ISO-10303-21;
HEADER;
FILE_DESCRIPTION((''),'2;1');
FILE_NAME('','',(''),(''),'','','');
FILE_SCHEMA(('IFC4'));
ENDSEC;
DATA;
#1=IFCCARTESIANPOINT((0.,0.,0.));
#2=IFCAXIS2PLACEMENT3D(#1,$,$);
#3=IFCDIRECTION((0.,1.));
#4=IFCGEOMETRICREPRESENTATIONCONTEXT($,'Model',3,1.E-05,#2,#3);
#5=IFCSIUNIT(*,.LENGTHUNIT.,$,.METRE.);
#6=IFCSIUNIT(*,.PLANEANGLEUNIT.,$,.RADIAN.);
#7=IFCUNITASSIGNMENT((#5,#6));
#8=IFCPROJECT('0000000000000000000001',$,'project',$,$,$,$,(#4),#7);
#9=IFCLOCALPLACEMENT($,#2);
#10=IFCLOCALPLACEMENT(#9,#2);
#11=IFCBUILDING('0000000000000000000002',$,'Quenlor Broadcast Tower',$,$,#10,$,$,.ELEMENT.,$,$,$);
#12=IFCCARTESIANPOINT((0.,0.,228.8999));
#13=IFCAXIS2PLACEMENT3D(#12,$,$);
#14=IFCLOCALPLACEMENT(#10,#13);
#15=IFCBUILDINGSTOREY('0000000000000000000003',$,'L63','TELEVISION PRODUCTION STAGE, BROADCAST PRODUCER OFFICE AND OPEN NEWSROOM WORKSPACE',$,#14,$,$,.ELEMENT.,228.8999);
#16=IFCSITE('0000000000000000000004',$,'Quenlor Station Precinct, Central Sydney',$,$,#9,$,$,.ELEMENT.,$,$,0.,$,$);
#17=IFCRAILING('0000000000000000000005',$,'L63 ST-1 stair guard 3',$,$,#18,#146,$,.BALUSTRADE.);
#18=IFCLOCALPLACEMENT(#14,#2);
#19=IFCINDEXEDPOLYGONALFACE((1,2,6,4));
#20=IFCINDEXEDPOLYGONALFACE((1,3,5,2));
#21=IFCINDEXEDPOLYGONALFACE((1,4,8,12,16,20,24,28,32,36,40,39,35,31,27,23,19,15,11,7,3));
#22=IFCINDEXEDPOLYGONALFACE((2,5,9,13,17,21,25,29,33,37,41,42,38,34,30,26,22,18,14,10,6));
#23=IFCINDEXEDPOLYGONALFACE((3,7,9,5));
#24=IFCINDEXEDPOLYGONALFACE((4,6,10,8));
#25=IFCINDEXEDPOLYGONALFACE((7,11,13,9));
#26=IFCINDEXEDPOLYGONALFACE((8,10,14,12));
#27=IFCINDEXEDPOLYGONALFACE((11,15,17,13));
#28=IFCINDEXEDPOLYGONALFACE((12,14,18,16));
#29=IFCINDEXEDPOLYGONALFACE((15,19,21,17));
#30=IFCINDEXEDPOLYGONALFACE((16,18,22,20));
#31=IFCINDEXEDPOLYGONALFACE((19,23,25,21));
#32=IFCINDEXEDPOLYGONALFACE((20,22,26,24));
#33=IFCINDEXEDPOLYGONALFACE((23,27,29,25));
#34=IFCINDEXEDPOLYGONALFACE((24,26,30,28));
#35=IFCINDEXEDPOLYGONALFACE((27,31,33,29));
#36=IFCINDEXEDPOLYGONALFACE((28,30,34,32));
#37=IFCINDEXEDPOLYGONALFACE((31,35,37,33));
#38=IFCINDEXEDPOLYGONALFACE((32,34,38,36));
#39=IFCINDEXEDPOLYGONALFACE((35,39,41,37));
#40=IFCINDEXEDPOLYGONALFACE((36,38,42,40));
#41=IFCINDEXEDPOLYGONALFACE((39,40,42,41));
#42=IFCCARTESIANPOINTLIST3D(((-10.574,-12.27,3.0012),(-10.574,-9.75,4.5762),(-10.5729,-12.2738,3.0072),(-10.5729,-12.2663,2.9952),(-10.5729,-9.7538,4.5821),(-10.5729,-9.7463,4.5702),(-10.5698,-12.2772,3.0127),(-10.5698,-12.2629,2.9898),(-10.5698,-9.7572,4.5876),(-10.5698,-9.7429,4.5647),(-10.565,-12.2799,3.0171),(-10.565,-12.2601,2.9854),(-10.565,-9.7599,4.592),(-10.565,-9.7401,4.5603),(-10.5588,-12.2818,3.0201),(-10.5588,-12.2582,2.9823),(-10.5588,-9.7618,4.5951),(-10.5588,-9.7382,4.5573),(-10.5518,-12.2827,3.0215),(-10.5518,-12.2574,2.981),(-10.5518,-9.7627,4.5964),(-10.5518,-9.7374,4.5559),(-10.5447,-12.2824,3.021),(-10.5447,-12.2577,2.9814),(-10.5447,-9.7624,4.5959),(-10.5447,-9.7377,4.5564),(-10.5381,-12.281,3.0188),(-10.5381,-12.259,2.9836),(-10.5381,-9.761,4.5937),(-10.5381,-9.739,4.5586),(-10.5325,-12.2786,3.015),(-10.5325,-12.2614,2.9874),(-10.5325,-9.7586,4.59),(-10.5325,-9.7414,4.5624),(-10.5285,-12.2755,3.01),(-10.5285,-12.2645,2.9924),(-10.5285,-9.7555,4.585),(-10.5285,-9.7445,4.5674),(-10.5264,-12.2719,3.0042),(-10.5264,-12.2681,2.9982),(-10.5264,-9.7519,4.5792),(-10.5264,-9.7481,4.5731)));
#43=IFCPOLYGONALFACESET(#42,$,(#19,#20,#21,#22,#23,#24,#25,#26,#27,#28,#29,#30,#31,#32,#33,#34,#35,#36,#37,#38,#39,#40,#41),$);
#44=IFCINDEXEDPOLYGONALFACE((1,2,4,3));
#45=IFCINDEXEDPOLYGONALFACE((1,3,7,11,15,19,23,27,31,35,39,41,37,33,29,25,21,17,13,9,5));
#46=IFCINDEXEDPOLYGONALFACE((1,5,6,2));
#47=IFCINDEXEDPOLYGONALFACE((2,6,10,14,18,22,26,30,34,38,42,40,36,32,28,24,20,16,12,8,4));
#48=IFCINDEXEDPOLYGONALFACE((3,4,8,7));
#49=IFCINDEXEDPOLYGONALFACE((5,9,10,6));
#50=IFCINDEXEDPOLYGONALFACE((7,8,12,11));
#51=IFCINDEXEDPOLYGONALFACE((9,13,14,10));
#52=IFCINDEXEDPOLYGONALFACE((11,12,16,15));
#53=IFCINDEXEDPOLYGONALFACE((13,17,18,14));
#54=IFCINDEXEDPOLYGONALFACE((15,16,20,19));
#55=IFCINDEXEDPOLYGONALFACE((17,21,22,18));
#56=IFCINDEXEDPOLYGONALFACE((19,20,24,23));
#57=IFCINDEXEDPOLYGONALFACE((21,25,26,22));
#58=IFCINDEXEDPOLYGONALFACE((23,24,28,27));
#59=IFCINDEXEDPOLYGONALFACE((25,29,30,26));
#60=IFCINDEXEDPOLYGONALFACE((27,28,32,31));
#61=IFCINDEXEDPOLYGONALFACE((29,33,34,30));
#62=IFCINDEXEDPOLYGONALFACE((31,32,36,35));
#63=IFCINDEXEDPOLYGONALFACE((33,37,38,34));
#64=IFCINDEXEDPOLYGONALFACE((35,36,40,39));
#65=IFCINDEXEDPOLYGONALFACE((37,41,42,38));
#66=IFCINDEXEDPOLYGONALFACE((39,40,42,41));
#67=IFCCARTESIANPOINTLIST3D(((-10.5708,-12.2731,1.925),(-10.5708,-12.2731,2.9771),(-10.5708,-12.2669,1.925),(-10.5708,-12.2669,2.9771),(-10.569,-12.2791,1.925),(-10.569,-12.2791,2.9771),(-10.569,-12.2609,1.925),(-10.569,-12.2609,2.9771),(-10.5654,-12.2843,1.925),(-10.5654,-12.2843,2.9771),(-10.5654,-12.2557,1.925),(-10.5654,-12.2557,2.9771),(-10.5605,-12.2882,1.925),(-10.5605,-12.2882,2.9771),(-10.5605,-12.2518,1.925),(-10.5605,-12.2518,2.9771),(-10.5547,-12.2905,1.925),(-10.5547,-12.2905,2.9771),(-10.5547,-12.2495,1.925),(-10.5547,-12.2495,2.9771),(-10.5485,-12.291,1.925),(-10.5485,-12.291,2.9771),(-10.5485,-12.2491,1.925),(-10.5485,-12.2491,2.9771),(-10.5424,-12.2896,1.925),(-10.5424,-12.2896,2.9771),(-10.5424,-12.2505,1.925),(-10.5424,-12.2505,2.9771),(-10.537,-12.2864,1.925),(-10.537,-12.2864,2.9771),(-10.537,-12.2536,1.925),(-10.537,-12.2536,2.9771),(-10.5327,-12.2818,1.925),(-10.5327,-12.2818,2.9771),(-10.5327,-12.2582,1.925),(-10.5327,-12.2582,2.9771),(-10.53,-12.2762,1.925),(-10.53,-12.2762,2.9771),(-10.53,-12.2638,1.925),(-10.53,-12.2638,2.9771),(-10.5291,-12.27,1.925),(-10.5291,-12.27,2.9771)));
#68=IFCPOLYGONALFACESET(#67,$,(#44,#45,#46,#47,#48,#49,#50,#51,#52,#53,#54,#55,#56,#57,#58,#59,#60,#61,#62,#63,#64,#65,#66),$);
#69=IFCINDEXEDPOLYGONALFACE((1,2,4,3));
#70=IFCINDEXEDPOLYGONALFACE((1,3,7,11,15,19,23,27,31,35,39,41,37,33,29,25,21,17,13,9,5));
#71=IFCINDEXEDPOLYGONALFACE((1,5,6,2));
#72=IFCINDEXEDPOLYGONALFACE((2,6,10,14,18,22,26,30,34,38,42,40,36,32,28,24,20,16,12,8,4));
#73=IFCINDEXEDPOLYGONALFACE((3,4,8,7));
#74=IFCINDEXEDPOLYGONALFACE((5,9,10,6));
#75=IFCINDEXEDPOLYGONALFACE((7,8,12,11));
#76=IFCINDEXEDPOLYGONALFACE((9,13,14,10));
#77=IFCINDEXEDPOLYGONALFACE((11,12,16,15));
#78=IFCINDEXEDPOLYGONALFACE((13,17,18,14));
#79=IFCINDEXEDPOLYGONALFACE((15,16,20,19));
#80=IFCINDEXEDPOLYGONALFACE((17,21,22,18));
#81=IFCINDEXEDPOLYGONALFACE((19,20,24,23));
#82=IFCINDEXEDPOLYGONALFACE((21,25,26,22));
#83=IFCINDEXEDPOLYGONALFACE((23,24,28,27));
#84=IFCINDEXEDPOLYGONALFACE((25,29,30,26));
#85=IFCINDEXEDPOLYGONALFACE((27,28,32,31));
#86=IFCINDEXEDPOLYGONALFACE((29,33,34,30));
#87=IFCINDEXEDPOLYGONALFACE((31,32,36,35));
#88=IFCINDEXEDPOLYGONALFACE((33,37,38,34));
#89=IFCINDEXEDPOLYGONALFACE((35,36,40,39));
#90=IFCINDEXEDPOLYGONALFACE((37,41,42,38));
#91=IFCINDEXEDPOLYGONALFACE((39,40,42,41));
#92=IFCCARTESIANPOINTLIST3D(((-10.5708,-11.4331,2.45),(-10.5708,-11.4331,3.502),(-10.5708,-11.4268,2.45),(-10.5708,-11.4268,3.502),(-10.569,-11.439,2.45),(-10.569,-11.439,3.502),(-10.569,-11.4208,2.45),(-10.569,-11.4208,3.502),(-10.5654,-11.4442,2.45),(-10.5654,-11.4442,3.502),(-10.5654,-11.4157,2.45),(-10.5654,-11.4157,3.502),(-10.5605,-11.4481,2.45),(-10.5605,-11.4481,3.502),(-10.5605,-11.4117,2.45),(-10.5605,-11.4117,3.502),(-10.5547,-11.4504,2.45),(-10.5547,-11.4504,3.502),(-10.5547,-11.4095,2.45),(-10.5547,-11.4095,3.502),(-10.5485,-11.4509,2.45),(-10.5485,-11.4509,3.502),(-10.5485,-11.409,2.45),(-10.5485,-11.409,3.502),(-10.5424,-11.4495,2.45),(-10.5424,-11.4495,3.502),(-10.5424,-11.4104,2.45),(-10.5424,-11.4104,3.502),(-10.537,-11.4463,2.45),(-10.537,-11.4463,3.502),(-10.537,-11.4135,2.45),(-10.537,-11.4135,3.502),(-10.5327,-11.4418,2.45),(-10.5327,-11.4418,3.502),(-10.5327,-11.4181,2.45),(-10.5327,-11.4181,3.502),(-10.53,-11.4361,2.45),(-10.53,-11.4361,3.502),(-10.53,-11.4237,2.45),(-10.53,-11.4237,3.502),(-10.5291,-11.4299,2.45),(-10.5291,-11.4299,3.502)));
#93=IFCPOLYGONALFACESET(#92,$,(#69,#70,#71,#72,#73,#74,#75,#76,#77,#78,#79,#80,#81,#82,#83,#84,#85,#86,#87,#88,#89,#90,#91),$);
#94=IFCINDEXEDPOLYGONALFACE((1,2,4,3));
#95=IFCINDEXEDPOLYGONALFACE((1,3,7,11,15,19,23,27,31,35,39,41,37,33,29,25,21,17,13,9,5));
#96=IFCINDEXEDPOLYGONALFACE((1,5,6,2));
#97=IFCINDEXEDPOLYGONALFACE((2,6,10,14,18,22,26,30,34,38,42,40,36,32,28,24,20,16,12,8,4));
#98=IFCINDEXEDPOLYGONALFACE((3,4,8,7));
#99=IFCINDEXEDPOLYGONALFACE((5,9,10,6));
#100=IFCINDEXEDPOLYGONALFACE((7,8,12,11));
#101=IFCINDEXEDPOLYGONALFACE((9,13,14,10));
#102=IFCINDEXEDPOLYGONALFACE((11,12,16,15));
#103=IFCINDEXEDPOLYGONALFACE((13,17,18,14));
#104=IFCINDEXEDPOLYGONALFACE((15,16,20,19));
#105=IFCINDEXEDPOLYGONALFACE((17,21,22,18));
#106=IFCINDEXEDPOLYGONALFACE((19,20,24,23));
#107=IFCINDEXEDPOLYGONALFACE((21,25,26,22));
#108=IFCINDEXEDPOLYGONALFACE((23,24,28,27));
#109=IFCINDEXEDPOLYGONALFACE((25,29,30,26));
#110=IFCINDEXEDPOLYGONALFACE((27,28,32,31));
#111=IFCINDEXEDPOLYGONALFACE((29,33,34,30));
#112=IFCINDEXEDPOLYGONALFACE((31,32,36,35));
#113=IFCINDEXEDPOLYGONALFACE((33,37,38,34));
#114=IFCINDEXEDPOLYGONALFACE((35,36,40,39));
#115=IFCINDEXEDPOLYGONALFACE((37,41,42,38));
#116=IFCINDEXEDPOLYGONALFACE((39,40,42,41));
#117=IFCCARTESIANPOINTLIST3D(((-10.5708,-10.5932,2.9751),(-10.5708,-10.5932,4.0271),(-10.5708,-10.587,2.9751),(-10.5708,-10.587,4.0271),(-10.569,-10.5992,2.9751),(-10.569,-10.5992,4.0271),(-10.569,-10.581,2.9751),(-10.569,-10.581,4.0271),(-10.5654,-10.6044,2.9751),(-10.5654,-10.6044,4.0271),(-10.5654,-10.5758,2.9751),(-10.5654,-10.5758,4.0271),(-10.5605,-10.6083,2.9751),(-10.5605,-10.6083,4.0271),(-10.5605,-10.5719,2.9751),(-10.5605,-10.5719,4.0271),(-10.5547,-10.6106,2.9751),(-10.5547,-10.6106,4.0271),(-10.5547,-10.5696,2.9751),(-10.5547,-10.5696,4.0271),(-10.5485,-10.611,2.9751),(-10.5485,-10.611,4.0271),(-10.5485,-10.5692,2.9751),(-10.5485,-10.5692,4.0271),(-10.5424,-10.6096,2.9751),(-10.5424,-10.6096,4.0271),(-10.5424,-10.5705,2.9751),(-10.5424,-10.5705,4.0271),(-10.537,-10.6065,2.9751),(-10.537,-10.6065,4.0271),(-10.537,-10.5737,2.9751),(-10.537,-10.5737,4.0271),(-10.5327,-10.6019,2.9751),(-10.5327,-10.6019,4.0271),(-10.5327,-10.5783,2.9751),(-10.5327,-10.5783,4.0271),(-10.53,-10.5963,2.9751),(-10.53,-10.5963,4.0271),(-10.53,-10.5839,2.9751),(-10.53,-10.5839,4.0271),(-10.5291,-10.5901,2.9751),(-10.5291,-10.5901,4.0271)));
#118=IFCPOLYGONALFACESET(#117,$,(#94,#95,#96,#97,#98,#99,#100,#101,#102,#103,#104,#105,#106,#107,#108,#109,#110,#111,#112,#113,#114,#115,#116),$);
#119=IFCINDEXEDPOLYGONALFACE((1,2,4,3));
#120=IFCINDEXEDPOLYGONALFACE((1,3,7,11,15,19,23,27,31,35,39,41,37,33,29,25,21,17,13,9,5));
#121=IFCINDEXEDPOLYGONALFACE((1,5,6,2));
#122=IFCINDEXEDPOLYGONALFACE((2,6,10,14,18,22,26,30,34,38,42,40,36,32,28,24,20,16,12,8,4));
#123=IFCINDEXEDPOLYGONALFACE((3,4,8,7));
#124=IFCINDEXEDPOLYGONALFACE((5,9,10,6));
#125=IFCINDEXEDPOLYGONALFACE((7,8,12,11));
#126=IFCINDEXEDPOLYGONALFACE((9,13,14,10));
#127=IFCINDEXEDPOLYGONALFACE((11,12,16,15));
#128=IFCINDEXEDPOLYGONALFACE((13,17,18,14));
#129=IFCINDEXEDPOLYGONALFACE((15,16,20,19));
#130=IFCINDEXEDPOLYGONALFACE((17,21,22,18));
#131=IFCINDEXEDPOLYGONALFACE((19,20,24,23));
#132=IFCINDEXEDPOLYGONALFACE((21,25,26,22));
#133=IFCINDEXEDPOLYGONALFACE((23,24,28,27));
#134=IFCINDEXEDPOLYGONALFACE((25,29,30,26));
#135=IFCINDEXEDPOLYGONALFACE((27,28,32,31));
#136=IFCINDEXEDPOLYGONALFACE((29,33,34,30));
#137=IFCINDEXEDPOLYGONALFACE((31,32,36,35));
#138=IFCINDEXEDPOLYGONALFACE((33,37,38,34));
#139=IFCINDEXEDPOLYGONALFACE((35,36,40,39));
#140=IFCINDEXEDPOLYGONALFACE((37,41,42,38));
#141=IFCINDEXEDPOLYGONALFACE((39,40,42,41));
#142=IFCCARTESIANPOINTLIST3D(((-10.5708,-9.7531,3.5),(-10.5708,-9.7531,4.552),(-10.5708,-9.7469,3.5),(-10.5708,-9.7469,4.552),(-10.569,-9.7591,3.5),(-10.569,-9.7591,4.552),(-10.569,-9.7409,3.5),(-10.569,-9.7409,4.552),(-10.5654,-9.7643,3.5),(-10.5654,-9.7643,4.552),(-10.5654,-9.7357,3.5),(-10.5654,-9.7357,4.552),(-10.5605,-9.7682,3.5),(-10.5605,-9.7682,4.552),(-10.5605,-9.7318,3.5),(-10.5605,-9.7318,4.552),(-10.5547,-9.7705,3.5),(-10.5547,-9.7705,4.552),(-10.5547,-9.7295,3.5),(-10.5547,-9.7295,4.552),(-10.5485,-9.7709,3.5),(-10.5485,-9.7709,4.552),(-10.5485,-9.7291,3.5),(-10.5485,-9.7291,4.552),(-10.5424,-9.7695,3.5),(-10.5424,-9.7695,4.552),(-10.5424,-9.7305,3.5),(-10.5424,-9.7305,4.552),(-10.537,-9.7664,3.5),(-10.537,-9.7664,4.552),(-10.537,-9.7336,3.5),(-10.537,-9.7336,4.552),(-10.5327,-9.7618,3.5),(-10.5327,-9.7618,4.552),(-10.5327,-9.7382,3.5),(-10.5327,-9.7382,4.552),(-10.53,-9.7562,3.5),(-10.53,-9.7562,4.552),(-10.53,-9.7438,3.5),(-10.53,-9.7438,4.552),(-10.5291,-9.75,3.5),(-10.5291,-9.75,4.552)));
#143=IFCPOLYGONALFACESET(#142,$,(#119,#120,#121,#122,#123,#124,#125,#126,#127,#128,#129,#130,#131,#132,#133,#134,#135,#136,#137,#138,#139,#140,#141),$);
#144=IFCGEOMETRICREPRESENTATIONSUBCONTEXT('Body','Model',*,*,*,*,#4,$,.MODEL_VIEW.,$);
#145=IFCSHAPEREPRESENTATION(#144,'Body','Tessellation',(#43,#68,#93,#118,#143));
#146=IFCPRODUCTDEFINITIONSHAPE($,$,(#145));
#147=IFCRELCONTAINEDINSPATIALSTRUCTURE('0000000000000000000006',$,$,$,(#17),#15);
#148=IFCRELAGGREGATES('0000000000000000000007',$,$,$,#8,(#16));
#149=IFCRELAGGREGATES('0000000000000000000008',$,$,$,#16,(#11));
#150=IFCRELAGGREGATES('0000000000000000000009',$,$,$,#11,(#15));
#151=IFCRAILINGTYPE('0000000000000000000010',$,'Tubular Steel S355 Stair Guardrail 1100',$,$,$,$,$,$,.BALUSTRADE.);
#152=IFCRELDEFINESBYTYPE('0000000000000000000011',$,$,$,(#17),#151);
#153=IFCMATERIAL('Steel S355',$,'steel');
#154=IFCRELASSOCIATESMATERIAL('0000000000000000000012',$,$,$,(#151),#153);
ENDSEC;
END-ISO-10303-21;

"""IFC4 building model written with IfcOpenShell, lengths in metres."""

from ifc_helpers import new_model, si_unit, direction, frame, origin, origin_2d, place, context, subcontext, project, spatial, circle, extrude, material, type_object, element, save


model = new_model("IFC4")

# Units and contexts
model_context = context("Model", 3, precision=1e-05, world=origin(), true_north=direction((0.0, 1.0)))
body_context = subcontext(model_context, "Body", "Model", "MODEL_VIEW")
ifc_project = project(units=[si_unit("LENGTHUNIT", "METRE"), si_unit("PLANEANGLEUNIT", "RADIAN")], contexts=[model_context])

# Site, building, storey
site_placement = place(None, origin())
site = spatial("IfcSite", under=ifc_project, at=site_placement, Name="Quenlor Station Precinct, Central Sydney", CompositionType="ELEMENT", RefElevation=0.0)
building_placement = place(site_placement, origin())
building = spatial("IfcBuilding", under=site, at=building_placement, Name="Quenlor Broadcast Tower", CompositionType="ELEMENT")
storey_placement = place(building_placement, frame((0.0, 0.0, 228.8999)))
storey = spatial("IfcBuildingStorey", under=building, at=storey_placement, Name="L63", Description="TELEVISION PRODUCTION STAGE, BROADCAST PRODUCER OFFICE AND OPEN NEWSROOM WORKSPACE", CompositionType="ELEMENT", Elevation=228.8999)

# Railing
ifc_material_1 = material(Name="Steel S355", Category="steel")
railing_type_1 = type_object("IfcRailingType", Name="Tubular Steel S355 Stair Guardrail 1100", PredefinedType="BALUSTRADE", material=ifc_material_1)
railing_1_placement = place(storey_placement, frame((-10.55, -12.27, 1.925)))
element("IfcRailing", 1, at=railing_1_placement, inside=storey, type_object=railing_type_1, Name="L63 ST-1 stair guard 3", PredefinedType="BALUSTRADE", context=body_context, shape_type="SweptSolid", body=[
    extrude(circle(Radius=0.0239, at=origin_2d()), frame((0.0, 0.0, 1.0762), z_axis=(0.0, 0.848008, 0.529984), x_axis=(-1.0, 0.0, 0.0)), (0.0, 0.0, 1.0), 2.9717),
    extrude(circle(Radius=0.021, at=origin_2d()), origin(), (0.0, 0.0, 1.0), 1.052),
    extrude(circle(Radius=0.021, at=origin_2d()), frame((0.0, 0.8401, 0.5249)), (0.0, 0.0, 1.0), 1.052),
    extrude(circle(Radius=0.021, at=origin_2d()), frame((0.0, 1.6799, 1.05)), (0.0, 0.0, 1.0), 1.052),
    extrude(circle(Radius=0.021, at=origin_2d()), frame((0.0, 2.52, 1.575)), (0.0, 0.0, 1.0), 1.052),
])

save(model, "model.ifc")
